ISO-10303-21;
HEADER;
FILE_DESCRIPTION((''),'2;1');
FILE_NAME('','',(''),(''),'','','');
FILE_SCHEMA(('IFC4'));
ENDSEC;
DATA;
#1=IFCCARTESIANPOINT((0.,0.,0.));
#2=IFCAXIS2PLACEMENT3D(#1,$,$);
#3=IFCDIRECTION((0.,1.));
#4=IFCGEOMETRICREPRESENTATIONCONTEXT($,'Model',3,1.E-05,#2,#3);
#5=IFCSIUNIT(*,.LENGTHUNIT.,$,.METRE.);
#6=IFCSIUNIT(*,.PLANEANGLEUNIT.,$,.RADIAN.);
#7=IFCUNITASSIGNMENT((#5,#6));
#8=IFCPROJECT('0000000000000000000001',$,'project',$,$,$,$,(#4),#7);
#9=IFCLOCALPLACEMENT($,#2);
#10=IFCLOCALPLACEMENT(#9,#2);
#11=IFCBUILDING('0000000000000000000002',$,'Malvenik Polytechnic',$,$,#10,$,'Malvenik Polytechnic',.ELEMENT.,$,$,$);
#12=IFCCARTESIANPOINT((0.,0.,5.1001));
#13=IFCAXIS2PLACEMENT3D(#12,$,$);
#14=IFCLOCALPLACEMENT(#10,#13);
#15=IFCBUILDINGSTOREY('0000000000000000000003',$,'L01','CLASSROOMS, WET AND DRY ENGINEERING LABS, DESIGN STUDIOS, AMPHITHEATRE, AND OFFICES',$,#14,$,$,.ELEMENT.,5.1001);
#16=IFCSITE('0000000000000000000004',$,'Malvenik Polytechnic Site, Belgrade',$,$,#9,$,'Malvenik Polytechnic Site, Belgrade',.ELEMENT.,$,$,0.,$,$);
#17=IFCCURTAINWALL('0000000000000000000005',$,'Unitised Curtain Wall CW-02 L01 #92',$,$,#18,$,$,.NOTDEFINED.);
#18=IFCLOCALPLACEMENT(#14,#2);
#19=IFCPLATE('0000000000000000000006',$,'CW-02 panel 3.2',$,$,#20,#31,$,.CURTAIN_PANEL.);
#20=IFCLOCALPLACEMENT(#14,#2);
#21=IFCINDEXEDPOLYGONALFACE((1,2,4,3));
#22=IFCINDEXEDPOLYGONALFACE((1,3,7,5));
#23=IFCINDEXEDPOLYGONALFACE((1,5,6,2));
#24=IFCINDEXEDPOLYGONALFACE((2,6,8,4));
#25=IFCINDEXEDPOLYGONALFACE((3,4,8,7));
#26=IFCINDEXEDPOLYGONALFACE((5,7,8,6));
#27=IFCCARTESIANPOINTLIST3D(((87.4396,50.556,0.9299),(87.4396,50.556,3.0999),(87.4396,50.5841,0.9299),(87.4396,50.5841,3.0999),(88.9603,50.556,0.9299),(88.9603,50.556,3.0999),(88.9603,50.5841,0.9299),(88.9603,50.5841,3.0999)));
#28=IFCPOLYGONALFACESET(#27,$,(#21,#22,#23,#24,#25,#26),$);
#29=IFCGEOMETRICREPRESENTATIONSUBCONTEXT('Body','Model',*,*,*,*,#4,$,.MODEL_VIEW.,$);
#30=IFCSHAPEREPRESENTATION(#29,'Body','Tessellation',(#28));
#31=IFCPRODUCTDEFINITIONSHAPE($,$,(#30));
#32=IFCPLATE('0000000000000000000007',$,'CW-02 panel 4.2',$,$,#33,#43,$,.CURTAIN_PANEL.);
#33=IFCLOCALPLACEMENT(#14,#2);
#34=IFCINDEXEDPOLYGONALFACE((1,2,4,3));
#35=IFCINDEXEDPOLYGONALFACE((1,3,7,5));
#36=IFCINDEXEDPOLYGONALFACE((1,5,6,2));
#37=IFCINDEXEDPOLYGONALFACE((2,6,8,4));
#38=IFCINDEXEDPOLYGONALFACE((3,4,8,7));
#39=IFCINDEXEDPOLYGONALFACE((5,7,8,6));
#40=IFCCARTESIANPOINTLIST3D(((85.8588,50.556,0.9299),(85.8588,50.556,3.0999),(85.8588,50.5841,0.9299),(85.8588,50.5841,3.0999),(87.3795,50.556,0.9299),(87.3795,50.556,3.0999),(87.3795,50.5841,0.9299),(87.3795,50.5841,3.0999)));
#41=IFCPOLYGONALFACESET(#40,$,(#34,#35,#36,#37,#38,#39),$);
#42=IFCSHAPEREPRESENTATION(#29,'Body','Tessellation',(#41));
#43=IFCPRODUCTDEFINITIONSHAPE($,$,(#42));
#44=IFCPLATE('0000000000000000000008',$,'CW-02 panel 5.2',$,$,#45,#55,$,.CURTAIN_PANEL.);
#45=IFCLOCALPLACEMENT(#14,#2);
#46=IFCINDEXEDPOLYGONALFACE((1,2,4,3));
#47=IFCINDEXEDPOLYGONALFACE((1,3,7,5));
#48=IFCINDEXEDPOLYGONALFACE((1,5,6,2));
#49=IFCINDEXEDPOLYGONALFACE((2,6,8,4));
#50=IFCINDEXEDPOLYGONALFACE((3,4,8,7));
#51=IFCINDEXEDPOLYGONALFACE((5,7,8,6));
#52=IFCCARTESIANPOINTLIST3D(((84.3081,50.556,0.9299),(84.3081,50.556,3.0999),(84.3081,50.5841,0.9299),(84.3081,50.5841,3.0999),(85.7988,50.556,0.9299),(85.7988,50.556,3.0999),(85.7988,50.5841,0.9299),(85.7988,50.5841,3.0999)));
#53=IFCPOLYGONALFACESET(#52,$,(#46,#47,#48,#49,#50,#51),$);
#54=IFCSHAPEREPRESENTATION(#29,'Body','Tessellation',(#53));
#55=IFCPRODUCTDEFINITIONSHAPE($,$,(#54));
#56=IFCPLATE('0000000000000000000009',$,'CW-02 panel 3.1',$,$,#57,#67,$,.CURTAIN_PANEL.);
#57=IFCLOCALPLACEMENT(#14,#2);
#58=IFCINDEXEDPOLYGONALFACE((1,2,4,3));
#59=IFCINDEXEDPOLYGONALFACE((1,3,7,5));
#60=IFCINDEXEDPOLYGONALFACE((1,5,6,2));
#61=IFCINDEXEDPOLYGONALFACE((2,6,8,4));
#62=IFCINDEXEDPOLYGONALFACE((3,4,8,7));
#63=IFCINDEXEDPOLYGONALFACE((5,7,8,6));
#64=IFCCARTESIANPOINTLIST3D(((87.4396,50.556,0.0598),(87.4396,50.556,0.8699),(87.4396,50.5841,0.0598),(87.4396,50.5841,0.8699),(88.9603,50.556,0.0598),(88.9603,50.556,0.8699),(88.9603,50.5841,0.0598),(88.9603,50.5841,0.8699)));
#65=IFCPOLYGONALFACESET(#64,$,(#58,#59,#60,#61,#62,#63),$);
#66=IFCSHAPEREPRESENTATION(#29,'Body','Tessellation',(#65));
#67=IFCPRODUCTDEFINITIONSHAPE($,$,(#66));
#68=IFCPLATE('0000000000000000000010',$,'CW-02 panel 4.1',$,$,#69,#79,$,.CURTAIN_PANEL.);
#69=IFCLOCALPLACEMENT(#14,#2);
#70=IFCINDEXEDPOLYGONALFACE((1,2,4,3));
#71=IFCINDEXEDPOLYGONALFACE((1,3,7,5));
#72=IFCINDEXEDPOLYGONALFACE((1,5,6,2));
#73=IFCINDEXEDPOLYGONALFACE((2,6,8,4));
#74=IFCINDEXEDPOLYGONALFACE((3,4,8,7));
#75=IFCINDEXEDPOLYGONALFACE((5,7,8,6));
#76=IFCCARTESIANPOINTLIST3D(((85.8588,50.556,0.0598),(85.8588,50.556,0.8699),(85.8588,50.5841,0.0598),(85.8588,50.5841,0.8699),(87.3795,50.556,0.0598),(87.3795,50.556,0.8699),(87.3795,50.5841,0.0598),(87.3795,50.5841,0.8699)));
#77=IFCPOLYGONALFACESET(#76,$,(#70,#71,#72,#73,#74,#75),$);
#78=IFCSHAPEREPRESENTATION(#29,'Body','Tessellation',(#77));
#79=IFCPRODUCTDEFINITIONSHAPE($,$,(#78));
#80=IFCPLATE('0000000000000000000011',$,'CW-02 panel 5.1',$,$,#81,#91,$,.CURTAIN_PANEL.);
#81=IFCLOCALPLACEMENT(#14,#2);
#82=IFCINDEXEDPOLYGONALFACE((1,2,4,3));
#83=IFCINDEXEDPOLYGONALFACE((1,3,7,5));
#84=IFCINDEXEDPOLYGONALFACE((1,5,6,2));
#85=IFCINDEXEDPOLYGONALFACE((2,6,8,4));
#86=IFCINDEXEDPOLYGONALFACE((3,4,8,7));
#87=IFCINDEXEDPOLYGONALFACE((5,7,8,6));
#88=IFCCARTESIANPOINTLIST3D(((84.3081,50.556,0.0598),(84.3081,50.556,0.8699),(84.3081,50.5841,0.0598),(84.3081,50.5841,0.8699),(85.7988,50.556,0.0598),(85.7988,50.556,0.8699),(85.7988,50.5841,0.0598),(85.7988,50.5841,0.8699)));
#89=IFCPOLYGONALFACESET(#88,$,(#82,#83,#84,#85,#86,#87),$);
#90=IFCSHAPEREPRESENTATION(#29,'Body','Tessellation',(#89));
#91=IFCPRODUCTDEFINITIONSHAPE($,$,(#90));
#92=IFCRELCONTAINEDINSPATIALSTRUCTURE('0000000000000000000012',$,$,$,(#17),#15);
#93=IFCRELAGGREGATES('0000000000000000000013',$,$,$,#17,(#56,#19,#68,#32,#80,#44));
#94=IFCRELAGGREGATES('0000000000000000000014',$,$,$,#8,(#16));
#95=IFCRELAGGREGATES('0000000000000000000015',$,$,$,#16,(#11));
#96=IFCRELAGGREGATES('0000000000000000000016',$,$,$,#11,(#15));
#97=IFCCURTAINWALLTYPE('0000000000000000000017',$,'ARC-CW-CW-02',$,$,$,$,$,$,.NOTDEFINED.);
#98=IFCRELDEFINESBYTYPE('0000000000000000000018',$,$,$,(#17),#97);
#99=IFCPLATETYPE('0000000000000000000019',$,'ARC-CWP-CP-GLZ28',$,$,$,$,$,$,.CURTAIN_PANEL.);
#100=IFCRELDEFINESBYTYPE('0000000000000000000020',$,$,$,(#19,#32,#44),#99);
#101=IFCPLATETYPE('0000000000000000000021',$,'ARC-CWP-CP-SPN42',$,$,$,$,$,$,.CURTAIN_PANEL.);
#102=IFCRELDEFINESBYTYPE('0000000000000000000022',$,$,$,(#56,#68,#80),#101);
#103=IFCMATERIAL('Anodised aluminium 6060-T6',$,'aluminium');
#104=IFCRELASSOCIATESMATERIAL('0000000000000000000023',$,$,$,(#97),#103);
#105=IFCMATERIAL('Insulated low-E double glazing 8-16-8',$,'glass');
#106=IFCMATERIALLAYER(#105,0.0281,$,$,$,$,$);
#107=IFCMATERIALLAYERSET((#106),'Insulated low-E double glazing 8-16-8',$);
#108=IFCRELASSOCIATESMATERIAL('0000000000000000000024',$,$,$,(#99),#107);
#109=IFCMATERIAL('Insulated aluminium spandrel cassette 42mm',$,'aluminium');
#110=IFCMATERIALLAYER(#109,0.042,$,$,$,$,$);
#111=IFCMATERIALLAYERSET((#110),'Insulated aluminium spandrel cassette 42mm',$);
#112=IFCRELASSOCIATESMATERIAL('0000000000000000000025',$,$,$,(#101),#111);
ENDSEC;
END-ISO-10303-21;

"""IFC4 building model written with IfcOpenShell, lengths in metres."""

from ifc_helpers import new_model, si_unit, direction, frame, origin, origin_2d, place, context, subcontext, project, spatial, rectangle, extrude, material, layer, layer_set, type_object, element, aggregate, save


model = new_model("IFC4")

# Units and contexts
model_context = context("Model", 3, precision=1e-05, world=origin(), true_north=direction((0.0, 1.0)))
body_context = subcontext(model_context, "Body", "Model", "MODEL_VIEW")
ifc_project = project(units=[si_unit("LENGTHUNIT", "METRE"), si_unit("PLANEANGLEUNIT", "RADIAN")], contexts=[model_context])

# Site, building, storey
site_placement = place(None, origin())
site = spatial("IfcSite", under=ifc_project, at=site_placement, Name="Malvenik Polytechnic Site, Belgrade", LongName="Malvenik Polytechnic Site, Belgrade", CompositionType="ELEMENT", RefElevation=0.0)
building_placement = place(site_placement, origin())
building = spatial("IfcBuilding", under=site, at=building_placement, Name="Malvenik Polytechnic", LongName="Malvenik Polytechnic", CompositionType="ELEMENT")
storey_placement = place(building_placement, frame((0.0, 0.0, 5.1001)))
storey = spatial("IfcBuildingStorey", under=building, at=storey_placement, Name="L01", Description="CLASSROOMS, WET AND DRY ENGINEERING LABS, DESIGN STUDIOS, AMPHITHEATRE, AND OFFICES", CompositionType="ELEMENT", Elevation=5.1001)

# Curtain wall
ifc_material_1 = material(Name="Anodised aluminium 6060-T6", Category="aluminium")
curtain_wall_type = type_object("IfcCurtainWallType", Name="ARC-CW-CW-02", PredefinedType="NOTDEFINED", material=ifc_material_1)
curtain_wall_placement = place(storey_placement, origin())
curtain_wall = element("IfcCurtainWall", 1, at=curtain_wall_placement, inside=storey, type_object=curtain_wall_type, Name="Unitised Curtain Wall CW-02 L01 #92", PredefinedType="NOTDEFINED")

# Plates
ifc_material_2 = material(Name="Insulated low-E double glazing 8-16-8", Category="glass")
ifc_layer_1 = layer(ifc_material_2, 0.0281)
ifc_layer_set_1 = layer_set([ifc_layer_1], Name="Insulated low-E double glazing 8-16-8")
plate_type_1 = type_object("IfcPlateType", Name="ARC-CWP-CP-GLZ28", PredefinedType="CURTAIN_PANEL", material=ifc_layer_set_1)
plate_1_placement = place(storey_placement, frame((88.2, 50.5701, 0.9299), z_axis=(0.0, 0.0, 1.0), x_axis=(-1.0, 0.0, 0.0)))
plate_1 = element("IfcPlate", 2, at=plate_1_placement, type_object=plate_type_1, Name="CW-02 panel 3.2", PredefinedType="CURTAIN_PANEL", context=body_context, shape_type="SweptSolid", body=[
    extrude(rectangle(XDim=1.5208, YDim=0.0281, at=origin_2d()), origin(), (0.0, 0.0, 1.0), 2.1699),
])
plate_2_placement = place(storey_placement, frame((86.6191, 50.5701, 0.9299), z_axis=(0.0, 0.0, 1.0), x_axis=(-1.0, 0.0, 0.0)))
plate_2 = element("IfcPlate", 3, at=plate_2_placement, type_object=plate_type_1, Name="CW-02 panel 4.2", PredefinedType="CURTAIN_PANEL", context=body_context, shape_type="SweptSolid", body=[
    extrude(rectangle(XDim=1.5208, YDim=0.0281, at=origin_2d()), origin(), (0.0, 0.0, 1.0), 2.1699),
])
plate_3_placement = place(storey_placement, frame((85.0535, 50.5701, 0.9299), z_axis=(0.0, 0.0, 1.0), x_axis=(-1.0, 0.0, 0.0)))
plate_3 = element("IfcPlate", 4, at=plate_3_placement, type_object=plate_type_1, Name="CW-02 panel 5.2", PredefinedType="CURTAIN_PANEL", context=body_context, shape_type="SweptSolid", body=[
    extrude(rectangle(XDim=1.4907, YDim=0.0281, at=origin_2d()), origin(), (0.0, 0.0, 1.0), 2.1699),
])
ifc_material_3 = material(Name="Insulated aluminium spandrel cassette 42mm", Category="aluminium")
ifc_layer_2 = layer(ifc_material_3, 0.042)
ifc_layer_set_2 = layer_set([ifc_layer_2], Name="Insulated aluminium spandrel cassette 42mm")
plate_type_2 = type_object("IfcPlateType", Name="ARC-CWP-CP-SPN42", PredefinedType="CURTAIN_PANEL", material=ifc_layer_set_2)
plate_4_placement = place(storey_placement, frame((88.2, 50.5701, 0.0598), z_axis=(0.0, 0.0, 1.0), x_axis=(-1.0, 0.0, 0.0)))
plate_4 = element("IfcPlate", 5, at=plate_4_placement, type_object=plate_type_2, Name="CW-02 panel 3.1", PredefinedType="CURTAIN_PANEL", context=body_context, shape_type="SweptSolid", body=[
    extrude(rectangle(XDim=1.5208, YDim=0.0281, at=origin_2d()), origin(), (0.0, 0.0, 1.0), 0.8101),
])
plate_5_placement = place(storey_placement, frame((86.6191, 50.5701, 0.0598), z_axis=(0.0, 0.0, 1.0), x_axis=(-1.0, 0.0, 0.0)))
plate_5 = element("IfcPlate", 6, at=plate_5_placement, type_object=plate_type_2, Name="CW-02 panel 4.1", PredefinedType="CURTAIN_PANEL", context=body_context, shape_type="SweptSolid", body=[
    extrude(rectangle(XDim=1.5208, YDim=0.0281, at=origin_2d()), origin(), (0.0, 0.0, 1.0), 0.8101),
])
plate_6_placement = place(storey_placement, frame((85.0535, 50.5701, 0.0598), z_axis=(0.0, 0.0, 1.0), x_axis=(-1.0, 0.0, 0.0)))
plate_6 = element("IfcPlate", 7, at=plate_6_placement, type_object=plate_type_2, Name="CW-02 panel 5.1", PredefinedType="CURTAIN_PANEL", context=body_context, shape_type="SweptSolid", body=[
    extrude(rectangle(XDim=1.4907, YDim=0.0281, at=origin_2d()), origin(), (0.0, 0.0, 1.0), 0.8101),
])
aggregate(curtain_wall, [plate_4, plate_1, plate_5, plate_2, plate_6, plate_3])

save(model, "model.ifc")
